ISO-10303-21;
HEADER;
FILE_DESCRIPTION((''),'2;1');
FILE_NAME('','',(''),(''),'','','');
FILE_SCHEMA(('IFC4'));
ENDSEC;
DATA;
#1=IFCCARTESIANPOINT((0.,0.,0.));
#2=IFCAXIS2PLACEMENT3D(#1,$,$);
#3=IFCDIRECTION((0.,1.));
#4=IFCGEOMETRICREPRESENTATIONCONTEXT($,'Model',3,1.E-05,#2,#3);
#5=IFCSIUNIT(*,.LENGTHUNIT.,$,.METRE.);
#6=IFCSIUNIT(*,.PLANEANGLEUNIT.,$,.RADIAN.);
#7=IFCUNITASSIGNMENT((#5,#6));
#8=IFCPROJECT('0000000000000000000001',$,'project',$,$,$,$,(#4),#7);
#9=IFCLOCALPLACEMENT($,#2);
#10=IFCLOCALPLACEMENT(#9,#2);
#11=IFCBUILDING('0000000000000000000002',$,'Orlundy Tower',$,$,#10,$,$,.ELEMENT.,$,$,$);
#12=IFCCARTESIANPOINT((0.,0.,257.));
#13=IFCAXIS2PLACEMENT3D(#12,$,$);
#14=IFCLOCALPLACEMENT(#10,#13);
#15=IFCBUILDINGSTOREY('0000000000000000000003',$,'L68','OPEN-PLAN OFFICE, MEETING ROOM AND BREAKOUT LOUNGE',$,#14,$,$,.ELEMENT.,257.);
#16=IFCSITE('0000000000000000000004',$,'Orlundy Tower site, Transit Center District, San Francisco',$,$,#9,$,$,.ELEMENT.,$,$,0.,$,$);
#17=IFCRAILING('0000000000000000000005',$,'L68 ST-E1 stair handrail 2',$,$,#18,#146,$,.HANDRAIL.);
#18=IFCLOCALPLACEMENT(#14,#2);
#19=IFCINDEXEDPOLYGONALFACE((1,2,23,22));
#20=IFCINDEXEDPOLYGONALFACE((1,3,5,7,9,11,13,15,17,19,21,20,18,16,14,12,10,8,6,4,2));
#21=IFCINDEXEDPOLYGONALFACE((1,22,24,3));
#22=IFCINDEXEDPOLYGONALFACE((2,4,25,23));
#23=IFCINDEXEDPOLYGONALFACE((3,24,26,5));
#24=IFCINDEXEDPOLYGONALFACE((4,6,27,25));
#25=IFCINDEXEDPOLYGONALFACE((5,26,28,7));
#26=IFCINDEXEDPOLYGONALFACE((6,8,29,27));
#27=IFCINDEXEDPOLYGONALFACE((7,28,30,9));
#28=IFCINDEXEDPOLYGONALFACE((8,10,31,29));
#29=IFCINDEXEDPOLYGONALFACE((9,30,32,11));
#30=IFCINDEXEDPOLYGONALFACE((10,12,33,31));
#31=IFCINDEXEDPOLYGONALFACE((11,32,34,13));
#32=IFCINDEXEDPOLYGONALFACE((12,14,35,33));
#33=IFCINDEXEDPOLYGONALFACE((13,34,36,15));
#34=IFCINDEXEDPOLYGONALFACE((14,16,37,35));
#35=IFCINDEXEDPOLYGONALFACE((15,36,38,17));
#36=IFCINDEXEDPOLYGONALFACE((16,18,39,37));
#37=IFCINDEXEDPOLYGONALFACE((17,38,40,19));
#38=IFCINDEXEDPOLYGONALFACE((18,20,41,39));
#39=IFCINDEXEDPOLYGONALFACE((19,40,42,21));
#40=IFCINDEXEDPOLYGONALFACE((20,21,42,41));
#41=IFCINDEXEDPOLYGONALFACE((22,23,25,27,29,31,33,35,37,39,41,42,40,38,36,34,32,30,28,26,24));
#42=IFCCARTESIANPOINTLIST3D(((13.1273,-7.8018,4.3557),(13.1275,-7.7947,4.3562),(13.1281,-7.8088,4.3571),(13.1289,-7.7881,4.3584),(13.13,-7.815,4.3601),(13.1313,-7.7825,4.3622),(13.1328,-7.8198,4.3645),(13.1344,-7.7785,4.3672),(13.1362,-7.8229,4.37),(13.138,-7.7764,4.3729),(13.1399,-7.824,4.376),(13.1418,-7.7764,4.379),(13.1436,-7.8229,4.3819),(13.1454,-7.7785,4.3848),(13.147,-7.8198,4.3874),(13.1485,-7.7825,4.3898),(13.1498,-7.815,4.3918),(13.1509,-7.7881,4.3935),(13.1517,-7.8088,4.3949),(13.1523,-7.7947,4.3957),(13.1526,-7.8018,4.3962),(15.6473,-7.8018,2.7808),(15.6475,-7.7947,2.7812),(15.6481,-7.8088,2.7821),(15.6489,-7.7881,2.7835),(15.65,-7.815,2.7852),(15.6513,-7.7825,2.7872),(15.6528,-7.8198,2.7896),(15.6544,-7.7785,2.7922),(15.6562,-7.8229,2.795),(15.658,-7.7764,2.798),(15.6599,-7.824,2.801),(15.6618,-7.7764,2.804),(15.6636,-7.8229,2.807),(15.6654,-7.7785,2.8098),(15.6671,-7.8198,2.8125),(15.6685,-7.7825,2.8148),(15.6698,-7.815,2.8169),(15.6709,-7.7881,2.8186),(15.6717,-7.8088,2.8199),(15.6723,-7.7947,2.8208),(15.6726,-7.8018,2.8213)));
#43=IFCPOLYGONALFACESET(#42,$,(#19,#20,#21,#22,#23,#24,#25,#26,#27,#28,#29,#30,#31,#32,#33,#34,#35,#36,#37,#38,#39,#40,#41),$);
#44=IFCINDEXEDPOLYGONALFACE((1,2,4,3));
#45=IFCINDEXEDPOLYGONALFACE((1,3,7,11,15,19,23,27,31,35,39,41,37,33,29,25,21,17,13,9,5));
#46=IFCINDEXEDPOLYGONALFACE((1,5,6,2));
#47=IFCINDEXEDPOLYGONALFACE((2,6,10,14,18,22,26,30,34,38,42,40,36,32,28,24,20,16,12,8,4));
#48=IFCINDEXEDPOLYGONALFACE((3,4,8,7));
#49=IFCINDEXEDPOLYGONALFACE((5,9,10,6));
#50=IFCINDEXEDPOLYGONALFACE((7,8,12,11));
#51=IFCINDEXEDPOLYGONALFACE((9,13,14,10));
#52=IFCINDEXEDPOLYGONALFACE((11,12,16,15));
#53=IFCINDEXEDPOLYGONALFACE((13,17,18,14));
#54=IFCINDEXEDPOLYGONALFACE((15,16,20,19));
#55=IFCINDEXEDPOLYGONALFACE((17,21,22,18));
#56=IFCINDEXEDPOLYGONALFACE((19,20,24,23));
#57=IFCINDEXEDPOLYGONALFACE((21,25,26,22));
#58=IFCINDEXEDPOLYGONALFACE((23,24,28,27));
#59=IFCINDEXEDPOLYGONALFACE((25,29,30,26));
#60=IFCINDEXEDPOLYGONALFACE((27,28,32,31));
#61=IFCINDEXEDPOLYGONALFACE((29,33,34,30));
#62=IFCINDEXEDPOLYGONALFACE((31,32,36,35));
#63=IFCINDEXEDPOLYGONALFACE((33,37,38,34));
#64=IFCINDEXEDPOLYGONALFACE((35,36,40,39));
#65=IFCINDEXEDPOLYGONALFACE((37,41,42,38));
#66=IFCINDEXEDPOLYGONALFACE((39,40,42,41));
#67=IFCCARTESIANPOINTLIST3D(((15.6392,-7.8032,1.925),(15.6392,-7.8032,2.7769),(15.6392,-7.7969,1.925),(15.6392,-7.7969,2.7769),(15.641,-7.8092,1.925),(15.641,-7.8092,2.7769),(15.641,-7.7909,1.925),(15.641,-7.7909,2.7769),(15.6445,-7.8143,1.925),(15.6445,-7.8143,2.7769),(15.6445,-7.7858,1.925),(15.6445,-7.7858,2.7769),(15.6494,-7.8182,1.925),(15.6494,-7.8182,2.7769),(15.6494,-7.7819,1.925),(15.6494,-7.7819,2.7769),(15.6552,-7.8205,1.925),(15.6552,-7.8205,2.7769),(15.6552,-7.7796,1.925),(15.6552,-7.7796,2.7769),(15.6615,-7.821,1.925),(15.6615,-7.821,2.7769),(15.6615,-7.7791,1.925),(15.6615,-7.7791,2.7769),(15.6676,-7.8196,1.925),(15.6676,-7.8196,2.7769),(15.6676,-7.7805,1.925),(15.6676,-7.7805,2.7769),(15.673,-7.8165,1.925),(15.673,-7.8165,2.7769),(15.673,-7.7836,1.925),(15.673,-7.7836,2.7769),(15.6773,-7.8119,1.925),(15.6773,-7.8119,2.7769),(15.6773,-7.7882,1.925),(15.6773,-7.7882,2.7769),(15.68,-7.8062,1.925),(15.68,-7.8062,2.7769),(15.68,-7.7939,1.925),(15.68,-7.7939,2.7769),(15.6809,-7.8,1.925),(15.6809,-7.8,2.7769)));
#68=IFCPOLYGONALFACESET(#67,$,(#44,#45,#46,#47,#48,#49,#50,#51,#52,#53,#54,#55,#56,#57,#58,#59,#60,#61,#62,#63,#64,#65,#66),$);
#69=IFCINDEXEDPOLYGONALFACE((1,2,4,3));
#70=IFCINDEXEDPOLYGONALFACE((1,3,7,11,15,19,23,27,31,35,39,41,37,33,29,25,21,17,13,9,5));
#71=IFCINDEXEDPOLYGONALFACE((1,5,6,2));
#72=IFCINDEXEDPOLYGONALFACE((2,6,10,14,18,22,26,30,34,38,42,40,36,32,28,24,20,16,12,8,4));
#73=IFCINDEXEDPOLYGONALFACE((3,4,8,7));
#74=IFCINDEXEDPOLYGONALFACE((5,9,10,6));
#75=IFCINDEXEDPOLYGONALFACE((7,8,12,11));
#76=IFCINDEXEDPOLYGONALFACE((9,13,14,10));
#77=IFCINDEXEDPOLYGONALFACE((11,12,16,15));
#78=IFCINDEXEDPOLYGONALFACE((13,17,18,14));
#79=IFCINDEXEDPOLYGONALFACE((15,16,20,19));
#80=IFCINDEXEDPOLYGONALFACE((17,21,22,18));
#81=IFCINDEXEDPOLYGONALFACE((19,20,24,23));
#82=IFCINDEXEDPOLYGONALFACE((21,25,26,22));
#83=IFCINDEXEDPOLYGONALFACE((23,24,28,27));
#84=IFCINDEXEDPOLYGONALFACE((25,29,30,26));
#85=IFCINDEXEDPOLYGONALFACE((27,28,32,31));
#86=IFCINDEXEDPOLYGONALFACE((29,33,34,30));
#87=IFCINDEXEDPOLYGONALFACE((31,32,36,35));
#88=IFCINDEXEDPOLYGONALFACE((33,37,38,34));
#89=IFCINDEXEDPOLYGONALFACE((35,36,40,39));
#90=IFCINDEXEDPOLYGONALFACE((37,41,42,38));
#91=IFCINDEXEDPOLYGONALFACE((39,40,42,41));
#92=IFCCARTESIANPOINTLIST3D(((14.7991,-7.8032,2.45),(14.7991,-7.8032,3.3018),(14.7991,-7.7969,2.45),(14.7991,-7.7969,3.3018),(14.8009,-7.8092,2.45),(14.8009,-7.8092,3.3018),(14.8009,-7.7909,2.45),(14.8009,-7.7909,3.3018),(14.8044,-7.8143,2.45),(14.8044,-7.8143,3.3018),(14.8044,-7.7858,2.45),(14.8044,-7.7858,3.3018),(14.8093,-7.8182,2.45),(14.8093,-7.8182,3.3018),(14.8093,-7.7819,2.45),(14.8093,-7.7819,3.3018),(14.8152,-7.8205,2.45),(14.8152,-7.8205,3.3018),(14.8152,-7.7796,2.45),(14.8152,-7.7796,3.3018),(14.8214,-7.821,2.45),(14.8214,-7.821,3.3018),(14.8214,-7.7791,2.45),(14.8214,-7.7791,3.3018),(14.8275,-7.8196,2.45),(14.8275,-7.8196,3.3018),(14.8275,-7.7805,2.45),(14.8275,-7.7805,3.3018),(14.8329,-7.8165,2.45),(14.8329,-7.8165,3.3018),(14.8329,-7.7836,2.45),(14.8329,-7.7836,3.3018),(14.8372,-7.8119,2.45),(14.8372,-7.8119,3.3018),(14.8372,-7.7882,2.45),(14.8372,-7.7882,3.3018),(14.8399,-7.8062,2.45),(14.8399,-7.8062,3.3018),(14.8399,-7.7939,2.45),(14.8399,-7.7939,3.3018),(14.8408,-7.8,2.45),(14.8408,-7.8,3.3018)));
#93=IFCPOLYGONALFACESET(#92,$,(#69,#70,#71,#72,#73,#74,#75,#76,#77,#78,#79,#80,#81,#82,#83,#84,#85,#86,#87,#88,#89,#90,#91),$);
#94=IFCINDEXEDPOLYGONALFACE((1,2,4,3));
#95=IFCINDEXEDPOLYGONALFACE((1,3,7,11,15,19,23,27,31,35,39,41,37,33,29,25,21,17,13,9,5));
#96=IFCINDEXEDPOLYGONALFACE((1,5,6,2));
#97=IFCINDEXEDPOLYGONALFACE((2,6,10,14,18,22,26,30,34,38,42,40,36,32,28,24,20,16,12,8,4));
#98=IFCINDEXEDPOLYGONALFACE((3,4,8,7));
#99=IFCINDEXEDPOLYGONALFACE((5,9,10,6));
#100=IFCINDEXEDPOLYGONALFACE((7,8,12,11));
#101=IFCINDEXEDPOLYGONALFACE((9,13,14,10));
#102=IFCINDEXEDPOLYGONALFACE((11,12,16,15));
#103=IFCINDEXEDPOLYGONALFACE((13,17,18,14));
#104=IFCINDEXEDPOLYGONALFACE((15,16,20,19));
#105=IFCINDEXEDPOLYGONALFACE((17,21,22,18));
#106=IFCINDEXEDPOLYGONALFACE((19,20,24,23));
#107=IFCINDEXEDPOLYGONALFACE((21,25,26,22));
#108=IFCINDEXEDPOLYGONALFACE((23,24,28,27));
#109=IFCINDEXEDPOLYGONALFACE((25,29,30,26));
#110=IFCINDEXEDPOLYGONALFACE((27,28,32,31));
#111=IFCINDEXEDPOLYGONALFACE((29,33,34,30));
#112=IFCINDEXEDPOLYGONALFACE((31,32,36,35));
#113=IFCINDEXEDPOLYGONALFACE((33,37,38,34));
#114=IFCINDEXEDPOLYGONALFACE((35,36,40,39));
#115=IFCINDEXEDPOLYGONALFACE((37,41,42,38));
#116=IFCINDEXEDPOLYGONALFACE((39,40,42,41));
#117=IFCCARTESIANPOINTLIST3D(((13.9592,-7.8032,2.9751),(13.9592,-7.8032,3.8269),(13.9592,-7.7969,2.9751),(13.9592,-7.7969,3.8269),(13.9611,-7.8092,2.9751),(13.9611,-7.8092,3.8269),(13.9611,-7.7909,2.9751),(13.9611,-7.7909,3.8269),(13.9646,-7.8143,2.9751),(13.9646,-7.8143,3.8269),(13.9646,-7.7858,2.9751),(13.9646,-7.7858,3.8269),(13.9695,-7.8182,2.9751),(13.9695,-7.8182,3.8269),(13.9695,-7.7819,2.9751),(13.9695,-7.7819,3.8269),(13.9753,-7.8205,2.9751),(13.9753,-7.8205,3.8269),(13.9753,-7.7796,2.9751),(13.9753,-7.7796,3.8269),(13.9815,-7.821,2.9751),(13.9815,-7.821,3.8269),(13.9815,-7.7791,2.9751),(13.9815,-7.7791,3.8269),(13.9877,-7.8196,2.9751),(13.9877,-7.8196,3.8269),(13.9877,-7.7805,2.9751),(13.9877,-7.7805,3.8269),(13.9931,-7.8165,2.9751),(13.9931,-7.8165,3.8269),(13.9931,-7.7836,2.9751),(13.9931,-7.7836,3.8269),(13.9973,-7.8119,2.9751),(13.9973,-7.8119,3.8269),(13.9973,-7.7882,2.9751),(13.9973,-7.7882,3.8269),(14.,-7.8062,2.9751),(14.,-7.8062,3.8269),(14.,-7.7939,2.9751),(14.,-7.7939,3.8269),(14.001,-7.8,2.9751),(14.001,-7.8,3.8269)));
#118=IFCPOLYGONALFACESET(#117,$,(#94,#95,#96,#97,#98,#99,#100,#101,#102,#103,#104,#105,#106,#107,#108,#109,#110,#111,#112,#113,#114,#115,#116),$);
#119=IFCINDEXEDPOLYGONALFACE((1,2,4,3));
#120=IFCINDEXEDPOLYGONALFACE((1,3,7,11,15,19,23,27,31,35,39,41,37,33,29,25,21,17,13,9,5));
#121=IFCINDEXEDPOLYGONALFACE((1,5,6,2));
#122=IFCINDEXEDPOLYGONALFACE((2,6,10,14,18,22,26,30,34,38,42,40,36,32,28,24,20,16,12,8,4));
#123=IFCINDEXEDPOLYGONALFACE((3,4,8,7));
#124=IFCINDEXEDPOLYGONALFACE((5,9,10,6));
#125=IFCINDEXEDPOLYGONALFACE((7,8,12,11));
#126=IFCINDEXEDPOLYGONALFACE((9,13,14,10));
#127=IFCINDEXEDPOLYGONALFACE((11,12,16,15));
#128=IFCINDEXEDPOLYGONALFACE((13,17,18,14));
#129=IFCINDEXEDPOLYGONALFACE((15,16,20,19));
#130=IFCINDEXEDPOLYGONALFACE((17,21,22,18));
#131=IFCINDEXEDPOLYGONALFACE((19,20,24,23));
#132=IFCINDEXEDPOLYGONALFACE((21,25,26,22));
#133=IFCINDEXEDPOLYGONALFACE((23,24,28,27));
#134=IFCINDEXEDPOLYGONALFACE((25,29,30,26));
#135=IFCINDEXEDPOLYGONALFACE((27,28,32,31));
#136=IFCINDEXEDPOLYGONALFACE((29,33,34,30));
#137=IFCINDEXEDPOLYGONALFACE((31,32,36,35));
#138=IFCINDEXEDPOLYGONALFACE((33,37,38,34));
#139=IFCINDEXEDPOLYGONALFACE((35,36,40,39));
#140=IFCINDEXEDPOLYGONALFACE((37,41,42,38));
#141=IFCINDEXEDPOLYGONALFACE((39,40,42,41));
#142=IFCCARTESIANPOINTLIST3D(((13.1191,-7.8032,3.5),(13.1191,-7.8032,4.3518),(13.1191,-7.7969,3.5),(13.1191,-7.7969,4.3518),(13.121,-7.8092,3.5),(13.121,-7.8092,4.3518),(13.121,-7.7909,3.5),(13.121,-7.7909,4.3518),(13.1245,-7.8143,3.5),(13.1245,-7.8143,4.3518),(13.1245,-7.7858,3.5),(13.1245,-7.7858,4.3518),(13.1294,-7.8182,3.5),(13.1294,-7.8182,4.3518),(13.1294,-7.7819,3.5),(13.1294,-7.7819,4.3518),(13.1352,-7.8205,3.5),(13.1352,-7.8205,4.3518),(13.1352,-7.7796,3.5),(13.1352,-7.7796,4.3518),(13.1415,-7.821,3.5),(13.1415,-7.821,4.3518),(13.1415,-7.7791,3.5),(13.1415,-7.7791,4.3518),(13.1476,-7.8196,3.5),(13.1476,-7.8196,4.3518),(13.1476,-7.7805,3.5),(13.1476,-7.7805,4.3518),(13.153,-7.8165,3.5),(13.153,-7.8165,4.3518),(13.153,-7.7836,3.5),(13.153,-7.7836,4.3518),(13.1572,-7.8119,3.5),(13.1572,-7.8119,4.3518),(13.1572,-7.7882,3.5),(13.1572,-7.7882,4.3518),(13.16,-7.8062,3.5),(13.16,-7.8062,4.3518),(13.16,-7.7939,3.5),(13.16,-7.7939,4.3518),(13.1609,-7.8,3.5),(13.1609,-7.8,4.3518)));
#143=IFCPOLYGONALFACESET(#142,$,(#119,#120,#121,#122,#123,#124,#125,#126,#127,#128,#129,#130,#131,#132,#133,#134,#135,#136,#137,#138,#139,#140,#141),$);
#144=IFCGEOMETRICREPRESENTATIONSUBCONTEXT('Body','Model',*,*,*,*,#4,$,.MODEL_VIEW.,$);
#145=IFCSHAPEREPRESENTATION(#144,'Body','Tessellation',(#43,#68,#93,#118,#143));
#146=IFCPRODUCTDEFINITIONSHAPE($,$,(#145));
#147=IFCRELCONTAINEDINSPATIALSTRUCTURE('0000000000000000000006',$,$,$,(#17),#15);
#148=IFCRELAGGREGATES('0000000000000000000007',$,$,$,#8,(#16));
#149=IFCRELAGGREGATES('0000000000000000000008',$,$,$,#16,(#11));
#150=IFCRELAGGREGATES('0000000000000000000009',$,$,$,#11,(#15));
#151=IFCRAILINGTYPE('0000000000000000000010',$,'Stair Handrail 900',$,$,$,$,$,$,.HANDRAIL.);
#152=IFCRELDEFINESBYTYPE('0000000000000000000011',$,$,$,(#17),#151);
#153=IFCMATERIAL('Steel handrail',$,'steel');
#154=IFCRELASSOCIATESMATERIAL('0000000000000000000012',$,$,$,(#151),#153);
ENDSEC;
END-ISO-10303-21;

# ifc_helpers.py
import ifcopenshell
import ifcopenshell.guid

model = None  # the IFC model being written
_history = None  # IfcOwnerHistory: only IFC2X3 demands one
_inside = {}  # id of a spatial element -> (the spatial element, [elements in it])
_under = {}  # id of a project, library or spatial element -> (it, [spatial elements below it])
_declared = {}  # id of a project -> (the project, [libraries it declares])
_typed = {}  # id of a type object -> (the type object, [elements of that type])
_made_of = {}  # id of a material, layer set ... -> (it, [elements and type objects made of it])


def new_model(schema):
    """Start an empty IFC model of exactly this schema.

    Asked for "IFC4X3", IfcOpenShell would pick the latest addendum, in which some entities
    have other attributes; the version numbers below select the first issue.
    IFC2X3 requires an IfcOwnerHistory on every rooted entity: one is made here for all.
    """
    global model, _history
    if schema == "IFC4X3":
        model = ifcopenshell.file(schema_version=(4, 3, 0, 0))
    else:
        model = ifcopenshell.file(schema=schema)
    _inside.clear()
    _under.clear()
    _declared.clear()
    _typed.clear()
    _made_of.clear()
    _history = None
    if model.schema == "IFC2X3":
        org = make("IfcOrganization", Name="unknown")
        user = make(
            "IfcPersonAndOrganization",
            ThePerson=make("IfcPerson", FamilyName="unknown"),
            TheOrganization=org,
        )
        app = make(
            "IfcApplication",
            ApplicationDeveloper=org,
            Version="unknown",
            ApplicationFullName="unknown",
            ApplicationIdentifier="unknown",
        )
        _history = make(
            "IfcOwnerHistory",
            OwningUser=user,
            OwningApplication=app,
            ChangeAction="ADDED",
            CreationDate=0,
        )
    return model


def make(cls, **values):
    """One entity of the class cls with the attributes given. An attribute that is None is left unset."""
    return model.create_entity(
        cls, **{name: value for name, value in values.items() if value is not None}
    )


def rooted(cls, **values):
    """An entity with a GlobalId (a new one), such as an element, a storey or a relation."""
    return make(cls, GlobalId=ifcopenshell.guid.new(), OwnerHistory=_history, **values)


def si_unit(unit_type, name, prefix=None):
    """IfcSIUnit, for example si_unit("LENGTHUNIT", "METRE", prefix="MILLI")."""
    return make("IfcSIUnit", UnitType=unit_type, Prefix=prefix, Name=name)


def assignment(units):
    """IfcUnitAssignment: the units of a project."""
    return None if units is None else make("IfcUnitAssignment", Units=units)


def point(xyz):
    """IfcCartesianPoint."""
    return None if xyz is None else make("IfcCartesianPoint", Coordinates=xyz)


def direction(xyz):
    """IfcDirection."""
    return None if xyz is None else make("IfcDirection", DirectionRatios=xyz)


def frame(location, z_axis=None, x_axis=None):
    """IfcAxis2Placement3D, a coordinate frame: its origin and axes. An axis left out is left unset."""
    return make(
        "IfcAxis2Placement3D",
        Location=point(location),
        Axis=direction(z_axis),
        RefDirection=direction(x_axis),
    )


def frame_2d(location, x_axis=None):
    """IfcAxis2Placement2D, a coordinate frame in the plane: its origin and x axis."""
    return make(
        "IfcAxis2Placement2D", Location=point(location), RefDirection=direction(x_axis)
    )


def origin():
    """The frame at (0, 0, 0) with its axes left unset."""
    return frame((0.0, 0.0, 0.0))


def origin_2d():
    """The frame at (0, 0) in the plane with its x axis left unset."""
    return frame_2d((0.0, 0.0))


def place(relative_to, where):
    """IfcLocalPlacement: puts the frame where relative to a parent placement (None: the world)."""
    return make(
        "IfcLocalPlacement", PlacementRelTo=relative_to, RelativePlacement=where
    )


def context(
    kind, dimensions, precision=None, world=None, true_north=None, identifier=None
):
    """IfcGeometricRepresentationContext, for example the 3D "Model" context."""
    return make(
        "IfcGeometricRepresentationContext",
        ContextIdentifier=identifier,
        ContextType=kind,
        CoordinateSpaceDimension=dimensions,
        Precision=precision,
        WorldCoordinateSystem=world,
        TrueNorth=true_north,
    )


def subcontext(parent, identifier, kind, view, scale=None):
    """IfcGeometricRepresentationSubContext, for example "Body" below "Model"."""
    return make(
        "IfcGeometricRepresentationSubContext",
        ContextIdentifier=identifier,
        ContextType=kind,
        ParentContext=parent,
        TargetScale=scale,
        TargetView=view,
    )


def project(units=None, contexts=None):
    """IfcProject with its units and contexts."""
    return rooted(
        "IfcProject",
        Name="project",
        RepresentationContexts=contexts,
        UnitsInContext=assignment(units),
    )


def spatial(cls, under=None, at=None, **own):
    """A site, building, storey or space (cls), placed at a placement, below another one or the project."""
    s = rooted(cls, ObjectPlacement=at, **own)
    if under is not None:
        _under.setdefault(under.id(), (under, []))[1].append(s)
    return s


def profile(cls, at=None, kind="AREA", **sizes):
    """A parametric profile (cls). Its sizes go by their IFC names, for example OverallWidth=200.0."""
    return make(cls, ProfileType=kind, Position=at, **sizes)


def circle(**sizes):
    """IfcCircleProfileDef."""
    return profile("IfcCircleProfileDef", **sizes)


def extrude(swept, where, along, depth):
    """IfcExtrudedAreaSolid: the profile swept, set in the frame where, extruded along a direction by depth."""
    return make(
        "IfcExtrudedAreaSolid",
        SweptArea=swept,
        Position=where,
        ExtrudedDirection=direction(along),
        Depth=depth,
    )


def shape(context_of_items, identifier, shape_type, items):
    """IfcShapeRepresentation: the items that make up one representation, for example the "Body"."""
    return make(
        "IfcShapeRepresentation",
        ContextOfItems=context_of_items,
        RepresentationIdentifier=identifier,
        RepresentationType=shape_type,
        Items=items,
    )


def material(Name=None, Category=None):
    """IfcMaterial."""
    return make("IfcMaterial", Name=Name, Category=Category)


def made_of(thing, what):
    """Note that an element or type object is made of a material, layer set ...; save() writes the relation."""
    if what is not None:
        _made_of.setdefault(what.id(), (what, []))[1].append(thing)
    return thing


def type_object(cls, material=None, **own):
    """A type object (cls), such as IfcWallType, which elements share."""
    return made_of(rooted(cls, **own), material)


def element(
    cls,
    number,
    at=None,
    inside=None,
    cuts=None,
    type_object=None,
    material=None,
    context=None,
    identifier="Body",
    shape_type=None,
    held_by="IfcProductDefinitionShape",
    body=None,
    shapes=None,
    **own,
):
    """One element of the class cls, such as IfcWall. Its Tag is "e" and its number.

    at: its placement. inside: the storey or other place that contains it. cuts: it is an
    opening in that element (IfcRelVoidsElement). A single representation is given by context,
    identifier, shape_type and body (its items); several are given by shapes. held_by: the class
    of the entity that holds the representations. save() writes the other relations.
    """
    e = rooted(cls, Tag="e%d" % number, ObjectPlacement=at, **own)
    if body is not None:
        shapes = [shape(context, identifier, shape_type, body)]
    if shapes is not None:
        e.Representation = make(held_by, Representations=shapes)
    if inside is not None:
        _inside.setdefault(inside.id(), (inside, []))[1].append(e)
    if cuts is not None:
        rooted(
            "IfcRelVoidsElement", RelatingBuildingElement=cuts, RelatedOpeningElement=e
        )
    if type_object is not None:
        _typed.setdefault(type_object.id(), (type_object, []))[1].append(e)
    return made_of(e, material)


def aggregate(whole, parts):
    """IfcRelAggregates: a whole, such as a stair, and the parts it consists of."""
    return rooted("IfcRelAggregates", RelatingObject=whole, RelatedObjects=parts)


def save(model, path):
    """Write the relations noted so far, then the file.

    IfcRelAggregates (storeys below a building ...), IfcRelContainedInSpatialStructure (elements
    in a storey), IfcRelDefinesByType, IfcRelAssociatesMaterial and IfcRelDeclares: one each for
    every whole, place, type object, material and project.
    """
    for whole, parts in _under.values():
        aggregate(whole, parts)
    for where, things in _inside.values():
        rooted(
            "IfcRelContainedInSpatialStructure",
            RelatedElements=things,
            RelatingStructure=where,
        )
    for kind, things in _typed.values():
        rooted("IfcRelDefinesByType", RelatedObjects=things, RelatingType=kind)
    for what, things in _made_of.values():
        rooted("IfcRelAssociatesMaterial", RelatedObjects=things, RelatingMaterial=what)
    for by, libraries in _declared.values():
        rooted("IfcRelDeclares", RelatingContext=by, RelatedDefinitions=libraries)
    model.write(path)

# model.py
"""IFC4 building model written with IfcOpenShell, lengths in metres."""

from ifc_helpers import new_model, si_unit, direction, frame, origin, origin_2d, place, context, subcontext, project, spatial, circle, extrude, material, type_object, element, save


model = new_model("IFC4")

# Units and contexts
model_context = context("Model", 3, precision=1e-05, world=origin(), true_north=direction((0.0, 1.0)))
body_context = subcontext(model_context, "Body", "Model", "MODEL_VIEW")
ifc_project = project(units=[si_unit("LENGTHUNIT", "METRE"), si_unit("PLANEANGLEUNIT", "RADIAN")], contexts=[model_context])

# Site, building, storey
site_placement = place(None, origin())
site = spatial("IfcSite", under=ifc_project, at=site_placement, Name="Orlundy Tower site, Transit Center District, San Francisco", CompositionType="ELEMENT", RefElevation=0.0)
building_placement = place(site_placement, origin())
building = spatial("IfcBuilding", under=site, at=building_placement, Name="Orlundy Tower", CompositionType="ELEMENT")
storey_placement = place(building_placement, frame((0.0, 0.0, 257.0)))
storey = spatial("IfcBuildingStorey", under=building, at=storey_placement, Name="L68", Description="OPEN-PLAN OFFICE, MEETING ROOM AND BREAKOUT LOUNGE", CompositionType="ELEMENT", Elevation=257.0)

# Railing
ifc_material_1 = material(Name="Steel handrail", Category="steel")
railing_type_1 = type_object("IfcRailingType", Name="Stair Handrail 900", PredefinedType="HANDRAIL", material=ifc_material_1)
railing_1_placement = place(storey_placement, frame((15.6599, -7.8, 1.925)))
element("IfcRailing", 1, at=railing_1_placement, inside=storey, type_object=railing_type_1, Name="L68 ST-E1 stair handrail 2", PredefinedType="HANDRAIL", context=body_context, shape_type="SweptSolid", body=[
    extrude(circle(Radius=0.0239, at=origin_2d()), frame((0.0, 0.0, 0.876), z_axis=(-0.848008, 0.0, 0.529984), x_axis=(0.0, -1.0, 0.0)), (0.0, 0.0, 1.0), 2.9717),
    extrude(circle(Radius=0.021, at=origin_2d()), origin(), (0.0, 0.0, 1.0), 0.8518),
    extrude(circle(Radius=0.021, at=origin_2d()), frame((-0.8401, 0.0, 0.5249)), (0.0, 0.0, 1.0), 0.8518),
    extrude(circle(Radius=0.021, at=origin_2d()), frame((-1.6799, 0.0, 1.05)), (0.0, 0.0, 1.0), 0.8518),
    extrude(circle(Radius=0.021, at=origin_2d()), frame((-2.52, 0.0, 1.575)), (0.0, 0.0, 1.0), 0.8518),
])

save(model, "model.ifc")
